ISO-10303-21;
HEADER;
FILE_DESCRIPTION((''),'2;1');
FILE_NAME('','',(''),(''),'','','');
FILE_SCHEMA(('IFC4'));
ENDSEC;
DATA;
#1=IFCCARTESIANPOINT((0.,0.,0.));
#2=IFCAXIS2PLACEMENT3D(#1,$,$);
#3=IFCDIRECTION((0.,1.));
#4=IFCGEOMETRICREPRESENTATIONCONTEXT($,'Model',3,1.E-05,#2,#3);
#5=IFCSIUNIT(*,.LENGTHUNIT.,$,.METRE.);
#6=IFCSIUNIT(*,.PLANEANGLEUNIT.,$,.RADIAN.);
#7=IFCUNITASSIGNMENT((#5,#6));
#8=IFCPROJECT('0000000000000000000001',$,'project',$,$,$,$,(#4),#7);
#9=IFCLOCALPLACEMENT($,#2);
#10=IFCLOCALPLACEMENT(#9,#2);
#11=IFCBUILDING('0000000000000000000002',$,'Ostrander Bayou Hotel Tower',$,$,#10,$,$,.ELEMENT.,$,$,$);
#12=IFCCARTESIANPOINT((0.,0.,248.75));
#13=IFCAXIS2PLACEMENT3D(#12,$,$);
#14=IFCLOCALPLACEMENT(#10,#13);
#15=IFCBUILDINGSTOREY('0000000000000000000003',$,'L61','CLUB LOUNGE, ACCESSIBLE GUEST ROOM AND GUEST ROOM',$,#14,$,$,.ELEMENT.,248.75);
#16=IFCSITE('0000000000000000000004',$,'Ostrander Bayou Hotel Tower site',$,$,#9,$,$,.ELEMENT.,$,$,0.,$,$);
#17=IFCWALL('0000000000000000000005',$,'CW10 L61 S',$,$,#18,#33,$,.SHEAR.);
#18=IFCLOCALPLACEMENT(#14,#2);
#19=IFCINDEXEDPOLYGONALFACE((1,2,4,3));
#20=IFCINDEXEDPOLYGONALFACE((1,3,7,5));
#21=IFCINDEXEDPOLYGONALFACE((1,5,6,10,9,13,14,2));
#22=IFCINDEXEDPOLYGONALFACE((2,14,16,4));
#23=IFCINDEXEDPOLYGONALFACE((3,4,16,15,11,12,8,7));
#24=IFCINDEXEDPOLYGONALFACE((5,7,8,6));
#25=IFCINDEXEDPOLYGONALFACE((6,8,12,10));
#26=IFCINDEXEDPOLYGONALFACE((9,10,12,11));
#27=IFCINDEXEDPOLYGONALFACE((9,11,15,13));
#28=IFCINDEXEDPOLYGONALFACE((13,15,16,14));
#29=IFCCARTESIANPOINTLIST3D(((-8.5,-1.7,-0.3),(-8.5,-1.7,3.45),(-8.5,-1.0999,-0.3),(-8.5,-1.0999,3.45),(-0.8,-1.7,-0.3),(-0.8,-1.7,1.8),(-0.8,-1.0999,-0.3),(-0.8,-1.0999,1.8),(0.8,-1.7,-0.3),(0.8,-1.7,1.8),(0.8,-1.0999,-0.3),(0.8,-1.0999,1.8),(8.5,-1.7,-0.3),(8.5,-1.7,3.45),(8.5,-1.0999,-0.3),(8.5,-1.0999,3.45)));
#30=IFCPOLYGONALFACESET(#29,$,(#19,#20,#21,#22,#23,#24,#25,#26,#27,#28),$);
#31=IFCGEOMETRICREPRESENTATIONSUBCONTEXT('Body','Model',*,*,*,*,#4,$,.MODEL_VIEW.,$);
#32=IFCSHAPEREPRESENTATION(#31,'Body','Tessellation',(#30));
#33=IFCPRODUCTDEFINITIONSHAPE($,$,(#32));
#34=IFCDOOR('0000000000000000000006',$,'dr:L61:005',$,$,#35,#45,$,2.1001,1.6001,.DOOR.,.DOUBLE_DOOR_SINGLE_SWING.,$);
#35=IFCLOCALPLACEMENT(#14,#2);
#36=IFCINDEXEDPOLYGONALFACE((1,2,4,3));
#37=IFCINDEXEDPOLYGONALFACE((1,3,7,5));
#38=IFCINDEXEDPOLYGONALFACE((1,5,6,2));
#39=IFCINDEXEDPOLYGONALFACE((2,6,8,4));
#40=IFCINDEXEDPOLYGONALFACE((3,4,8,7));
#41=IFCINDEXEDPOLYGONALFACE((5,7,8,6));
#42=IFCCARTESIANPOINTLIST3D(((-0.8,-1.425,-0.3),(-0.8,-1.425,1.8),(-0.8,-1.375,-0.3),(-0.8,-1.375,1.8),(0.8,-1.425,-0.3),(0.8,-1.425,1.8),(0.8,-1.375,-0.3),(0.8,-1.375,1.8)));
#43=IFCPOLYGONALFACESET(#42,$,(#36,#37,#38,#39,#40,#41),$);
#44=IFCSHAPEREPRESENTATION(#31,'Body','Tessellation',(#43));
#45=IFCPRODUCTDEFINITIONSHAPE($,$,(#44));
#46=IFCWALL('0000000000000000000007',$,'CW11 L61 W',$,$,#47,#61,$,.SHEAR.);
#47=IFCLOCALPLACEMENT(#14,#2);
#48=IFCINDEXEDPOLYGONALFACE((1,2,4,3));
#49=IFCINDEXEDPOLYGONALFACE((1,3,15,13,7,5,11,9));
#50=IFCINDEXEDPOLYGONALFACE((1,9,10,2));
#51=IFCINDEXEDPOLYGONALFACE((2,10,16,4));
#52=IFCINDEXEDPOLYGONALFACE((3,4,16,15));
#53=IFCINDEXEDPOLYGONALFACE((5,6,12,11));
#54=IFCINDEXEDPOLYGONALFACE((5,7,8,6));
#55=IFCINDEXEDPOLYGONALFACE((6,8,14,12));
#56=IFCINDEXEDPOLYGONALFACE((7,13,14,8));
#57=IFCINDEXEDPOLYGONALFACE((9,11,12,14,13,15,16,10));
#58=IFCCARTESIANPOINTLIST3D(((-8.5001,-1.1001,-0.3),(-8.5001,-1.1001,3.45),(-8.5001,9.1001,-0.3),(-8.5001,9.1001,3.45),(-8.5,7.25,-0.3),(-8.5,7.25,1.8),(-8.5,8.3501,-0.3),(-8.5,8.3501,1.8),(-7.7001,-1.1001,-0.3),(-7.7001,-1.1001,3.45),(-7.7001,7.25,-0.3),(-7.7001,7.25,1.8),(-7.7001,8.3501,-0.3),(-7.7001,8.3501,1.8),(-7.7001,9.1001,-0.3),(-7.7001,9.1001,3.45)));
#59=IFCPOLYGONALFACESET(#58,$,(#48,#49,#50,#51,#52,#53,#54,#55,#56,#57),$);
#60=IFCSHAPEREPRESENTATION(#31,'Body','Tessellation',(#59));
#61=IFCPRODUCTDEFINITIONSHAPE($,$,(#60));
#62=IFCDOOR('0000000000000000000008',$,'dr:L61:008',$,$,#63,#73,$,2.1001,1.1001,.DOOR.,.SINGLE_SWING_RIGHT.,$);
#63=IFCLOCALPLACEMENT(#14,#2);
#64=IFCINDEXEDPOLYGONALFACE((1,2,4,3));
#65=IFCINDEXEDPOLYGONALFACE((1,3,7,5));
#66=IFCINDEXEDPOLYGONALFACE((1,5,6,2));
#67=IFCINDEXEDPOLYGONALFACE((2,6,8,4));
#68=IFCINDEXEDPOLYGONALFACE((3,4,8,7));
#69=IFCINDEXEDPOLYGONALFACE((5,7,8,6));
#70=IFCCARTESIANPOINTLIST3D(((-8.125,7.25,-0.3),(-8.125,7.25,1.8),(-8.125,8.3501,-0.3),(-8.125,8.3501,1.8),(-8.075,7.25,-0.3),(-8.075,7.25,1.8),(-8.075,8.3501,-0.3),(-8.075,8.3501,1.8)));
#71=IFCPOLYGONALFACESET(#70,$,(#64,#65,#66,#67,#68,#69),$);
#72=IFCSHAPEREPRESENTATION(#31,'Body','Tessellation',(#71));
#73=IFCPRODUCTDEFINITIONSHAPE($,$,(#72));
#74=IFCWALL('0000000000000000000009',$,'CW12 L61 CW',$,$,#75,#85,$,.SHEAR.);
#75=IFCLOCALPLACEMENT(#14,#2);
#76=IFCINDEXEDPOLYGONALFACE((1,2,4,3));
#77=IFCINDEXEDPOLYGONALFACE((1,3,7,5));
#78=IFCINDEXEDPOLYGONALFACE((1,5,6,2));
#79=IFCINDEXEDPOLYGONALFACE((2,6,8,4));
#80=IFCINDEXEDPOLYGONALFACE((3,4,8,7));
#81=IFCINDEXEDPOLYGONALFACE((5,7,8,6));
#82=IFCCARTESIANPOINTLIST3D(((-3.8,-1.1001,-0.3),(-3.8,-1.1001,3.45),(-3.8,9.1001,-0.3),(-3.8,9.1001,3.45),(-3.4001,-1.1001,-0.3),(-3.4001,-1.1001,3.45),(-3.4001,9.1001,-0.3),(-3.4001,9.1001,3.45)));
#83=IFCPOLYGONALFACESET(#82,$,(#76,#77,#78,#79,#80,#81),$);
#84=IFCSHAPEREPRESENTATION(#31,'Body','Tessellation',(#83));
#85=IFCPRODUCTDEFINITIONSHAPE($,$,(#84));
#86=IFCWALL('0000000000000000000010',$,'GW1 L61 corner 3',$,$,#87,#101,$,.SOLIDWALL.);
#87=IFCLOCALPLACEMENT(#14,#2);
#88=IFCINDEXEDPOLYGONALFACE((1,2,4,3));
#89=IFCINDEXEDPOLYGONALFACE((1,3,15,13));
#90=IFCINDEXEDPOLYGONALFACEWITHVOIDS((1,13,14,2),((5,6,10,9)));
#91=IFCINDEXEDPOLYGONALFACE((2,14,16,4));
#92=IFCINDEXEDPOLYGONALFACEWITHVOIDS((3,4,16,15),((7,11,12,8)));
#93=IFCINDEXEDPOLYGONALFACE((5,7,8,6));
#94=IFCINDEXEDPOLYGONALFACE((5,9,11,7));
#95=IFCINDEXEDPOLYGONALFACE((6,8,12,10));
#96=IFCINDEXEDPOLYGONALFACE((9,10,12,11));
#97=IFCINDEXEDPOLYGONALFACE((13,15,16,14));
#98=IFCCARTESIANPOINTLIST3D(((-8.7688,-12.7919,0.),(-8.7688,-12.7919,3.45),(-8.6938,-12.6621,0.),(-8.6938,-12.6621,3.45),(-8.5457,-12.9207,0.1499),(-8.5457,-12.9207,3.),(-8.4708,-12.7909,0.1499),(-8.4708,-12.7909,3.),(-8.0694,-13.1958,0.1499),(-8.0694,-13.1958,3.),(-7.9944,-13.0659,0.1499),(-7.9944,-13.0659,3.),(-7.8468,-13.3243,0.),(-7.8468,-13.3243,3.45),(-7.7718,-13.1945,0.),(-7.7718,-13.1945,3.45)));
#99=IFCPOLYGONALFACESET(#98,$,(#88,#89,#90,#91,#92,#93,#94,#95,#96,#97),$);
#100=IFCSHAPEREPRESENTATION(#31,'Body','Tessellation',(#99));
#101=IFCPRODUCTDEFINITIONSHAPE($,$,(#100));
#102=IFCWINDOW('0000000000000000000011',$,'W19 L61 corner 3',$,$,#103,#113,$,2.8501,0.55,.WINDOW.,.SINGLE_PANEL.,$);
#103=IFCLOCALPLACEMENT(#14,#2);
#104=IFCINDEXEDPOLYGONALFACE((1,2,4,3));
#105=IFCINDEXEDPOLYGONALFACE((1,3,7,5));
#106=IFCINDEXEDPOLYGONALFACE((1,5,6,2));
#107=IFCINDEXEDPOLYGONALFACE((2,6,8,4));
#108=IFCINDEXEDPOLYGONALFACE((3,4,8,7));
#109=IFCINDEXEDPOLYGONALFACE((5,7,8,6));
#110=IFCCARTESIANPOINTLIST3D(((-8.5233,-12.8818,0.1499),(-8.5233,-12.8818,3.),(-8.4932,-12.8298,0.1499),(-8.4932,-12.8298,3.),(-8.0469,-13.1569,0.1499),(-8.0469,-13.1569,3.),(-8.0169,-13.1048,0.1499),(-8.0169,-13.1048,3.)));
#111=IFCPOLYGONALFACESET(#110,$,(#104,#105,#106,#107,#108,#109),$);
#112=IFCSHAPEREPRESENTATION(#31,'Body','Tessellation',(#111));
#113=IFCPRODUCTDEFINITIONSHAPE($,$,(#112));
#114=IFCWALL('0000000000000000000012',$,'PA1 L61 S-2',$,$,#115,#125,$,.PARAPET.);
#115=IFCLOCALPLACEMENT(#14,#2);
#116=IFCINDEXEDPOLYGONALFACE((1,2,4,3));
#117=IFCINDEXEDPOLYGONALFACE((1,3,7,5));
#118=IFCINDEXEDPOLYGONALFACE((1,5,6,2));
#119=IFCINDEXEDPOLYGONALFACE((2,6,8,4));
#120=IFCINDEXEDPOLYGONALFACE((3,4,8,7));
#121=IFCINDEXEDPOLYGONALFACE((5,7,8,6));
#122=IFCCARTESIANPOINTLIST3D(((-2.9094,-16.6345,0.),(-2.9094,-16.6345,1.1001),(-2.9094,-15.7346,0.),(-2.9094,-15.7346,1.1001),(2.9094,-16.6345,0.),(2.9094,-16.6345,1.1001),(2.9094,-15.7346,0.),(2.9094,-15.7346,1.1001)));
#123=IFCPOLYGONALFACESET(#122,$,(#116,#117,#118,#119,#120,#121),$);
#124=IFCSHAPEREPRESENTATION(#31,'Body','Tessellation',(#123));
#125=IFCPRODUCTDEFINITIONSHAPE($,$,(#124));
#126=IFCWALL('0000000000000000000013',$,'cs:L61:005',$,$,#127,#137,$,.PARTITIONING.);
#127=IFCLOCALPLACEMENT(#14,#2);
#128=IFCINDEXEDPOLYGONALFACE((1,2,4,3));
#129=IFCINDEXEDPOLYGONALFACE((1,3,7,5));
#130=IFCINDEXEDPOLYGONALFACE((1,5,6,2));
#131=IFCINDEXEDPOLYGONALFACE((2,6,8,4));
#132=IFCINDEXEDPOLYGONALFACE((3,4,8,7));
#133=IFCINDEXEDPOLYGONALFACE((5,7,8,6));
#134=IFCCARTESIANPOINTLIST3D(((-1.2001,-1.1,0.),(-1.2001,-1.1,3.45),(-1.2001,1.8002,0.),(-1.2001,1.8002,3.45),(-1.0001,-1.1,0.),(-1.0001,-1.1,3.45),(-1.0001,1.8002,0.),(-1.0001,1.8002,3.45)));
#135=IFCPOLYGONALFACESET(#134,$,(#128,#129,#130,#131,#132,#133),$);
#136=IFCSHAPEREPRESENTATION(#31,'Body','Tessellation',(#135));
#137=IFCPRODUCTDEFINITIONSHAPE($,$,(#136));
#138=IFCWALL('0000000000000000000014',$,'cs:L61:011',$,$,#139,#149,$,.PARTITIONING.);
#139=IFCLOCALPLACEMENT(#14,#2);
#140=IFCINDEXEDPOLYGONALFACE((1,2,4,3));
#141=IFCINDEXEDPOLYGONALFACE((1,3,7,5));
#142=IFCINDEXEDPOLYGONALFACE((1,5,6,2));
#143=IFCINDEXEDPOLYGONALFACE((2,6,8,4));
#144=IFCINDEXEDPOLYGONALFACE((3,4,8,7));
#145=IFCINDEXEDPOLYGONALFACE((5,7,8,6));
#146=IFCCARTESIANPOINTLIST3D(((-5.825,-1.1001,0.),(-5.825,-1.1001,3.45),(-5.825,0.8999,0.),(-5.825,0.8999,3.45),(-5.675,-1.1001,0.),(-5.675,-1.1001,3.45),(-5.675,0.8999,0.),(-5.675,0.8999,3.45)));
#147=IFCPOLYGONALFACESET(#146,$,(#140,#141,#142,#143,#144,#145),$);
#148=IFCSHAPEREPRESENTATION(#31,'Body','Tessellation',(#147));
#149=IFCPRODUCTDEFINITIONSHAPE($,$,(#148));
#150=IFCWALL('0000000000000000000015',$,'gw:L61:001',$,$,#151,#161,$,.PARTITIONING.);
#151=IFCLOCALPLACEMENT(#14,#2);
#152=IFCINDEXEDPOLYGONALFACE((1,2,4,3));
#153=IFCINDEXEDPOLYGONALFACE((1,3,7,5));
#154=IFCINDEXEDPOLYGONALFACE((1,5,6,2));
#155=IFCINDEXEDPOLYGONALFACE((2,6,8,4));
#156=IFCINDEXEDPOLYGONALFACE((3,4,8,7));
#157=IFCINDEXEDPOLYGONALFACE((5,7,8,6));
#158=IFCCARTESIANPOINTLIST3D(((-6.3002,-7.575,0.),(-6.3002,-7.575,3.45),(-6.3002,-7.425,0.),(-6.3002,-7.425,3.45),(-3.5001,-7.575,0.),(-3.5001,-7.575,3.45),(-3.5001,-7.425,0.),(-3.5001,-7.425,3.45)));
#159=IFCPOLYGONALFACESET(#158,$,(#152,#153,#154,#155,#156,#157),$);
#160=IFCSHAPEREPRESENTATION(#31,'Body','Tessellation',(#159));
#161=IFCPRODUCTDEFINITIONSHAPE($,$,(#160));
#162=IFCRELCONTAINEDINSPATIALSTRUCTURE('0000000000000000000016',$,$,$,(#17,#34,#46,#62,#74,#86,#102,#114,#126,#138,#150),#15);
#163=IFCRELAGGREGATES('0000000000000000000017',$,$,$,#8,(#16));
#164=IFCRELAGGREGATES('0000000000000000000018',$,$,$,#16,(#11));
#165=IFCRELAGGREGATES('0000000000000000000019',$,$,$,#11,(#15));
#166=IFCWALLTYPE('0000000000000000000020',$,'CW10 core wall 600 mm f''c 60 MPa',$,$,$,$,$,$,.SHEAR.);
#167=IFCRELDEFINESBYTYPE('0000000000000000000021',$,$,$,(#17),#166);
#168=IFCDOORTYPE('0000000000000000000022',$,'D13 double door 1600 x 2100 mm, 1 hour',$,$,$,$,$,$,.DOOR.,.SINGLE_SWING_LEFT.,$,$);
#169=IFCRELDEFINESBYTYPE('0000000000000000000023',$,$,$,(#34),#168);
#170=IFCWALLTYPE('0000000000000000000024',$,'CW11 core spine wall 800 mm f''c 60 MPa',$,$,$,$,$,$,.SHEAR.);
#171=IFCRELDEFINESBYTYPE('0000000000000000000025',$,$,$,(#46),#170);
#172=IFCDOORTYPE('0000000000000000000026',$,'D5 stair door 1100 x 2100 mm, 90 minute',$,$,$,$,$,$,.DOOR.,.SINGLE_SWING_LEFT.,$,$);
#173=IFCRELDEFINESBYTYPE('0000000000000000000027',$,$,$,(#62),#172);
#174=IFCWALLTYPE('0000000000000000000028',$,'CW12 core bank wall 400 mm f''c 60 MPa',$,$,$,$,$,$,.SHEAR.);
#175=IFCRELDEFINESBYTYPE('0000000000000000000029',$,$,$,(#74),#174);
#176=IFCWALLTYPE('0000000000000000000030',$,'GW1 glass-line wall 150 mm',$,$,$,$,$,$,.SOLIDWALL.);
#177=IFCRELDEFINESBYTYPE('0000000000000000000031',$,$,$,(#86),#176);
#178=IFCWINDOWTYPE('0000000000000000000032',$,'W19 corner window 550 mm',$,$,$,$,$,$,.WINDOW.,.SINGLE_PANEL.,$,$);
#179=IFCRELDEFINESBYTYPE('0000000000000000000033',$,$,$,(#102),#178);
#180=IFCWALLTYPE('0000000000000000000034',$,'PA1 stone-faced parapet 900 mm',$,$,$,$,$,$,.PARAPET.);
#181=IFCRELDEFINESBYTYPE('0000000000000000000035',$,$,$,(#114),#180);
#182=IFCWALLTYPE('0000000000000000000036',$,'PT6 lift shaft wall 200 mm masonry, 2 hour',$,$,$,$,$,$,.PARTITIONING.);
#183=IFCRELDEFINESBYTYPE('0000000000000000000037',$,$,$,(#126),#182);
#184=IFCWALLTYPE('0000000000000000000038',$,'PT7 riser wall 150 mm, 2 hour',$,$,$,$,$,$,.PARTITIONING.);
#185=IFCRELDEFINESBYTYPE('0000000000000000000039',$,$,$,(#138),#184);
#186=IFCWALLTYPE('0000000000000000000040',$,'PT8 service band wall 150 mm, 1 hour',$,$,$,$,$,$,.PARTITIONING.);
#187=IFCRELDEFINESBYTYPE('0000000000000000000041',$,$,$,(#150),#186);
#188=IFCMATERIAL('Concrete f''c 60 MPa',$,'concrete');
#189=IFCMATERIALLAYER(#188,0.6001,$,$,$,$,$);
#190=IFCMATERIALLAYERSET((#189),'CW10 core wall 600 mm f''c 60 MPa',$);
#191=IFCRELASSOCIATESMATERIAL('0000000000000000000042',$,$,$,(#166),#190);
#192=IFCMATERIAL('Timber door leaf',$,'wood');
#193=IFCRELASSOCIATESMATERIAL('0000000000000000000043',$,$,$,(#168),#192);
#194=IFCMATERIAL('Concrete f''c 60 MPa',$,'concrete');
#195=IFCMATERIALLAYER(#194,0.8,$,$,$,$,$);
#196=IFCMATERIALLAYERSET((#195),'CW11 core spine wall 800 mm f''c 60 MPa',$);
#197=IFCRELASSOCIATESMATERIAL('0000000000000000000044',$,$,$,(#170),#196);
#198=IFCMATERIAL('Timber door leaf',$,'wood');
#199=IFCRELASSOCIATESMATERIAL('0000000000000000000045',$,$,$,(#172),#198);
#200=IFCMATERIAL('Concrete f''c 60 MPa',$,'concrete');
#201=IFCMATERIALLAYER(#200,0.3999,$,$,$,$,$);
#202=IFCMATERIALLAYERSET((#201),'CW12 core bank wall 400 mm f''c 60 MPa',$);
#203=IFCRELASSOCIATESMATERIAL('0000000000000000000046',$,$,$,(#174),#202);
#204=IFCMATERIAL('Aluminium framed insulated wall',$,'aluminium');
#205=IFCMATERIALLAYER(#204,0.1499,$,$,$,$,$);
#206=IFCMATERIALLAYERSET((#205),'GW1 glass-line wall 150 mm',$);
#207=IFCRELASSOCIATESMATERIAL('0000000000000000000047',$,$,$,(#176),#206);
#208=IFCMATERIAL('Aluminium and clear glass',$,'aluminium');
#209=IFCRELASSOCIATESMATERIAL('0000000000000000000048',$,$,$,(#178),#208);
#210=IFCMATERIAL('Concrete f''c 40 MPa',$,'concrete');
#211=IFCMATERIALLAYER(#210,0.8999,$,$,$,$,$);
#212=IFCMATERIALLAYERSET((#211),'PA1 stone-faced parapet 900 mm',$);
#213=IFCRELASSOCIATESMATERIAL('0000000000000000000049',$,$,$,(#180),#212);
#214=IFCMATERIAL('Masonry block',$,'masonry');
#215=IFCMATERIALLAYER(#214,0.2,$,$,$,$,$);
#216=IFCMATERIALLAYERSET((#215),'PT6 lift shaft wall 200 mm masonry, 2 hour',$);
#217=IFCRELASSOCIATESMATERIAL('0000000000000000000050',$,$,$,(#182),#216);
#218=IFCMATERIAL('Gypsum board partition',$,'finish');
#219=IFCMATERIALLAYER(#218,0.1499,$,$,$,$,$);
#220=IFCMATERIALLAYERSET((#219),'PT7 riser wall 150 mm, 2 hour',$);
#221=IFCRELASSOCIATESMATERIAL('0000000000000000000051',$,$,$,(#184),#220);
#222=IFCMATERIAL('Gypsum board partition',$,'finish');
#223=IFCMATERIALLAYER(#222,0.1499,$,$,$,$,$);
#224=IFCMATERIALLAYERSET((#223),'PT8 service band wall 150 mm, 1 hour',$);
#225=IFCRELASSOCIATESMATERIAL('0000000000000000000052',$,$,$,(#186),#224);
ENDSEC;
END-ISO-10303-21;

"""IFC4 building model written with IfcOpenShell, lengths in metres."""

from ifc_helpers import new_model, si_unit, direction, frame, frame_2d, origin, place, context, subcontext, project, spatial, rectangle, extrude, material, layer, layer_set, type_object, element, fill, save


model = new_model("IFC4")

# Units and contexts
model_context = context("Model", 3, precision=1e-05, world=origin(), true_north=direction((0.0, 1.0)))
body_context = subcontext(model_context, "Body", "Model", "MODEL_VIEW")
ifc_project = project(units=[si_unit("LENGTHUNIT", "METRE"), si_unit("PLANEANGLEUNIT", "RADIAN")], contexts=[model_context])

# Site, building, storey
site_placement = place(None, origin())
site = spatial("IfcSite", under=ifc_project, at=site_placement, Name="Ostrander Bayou Hotel Tower site", CompositionType="ELEMENT", RefElevation=0.0)
building_placement = place(site_placement, origin())
building = spatial("IfcBuilding", under=site, at=building_placement, Name="Ostrander Bayou Hotel Tower", CompositionType="ELEMENT")
storey_placement = place(building_placement, frame((0.0, 0.0, 248.75)))
storey = spatial("IfcBuildingStorey", under=building, at=storey_placement, Name="L61", Description="CLUB LOUNGE, ACCESSIBLE GUEST ROOM AND GUEST ROOM", CompositionType="ELEMENT", Elevation=248.75)

# Walls, openings, doors
ifc_material_1 = material(Name="Concrete f'c 60 MPa", Category="concrete")
ifc_layer_1 = layer(ifc_material_1, 0.6001)
ifc_layer_set_1 = layer_set([ifc_layer_1], Name="CW10 core wall 600 mm f'c 60 MPa")
wall_type_1 = type_object("IfcWallType", Name="CW10 core wall 600 mm f'c 60 MPa", PredefinedType="SHEAR", material=ifc_layer_set_1)
wall_1_placement = place(storey_placement, frame((-8.5, -1.3999, -0.3), z_axis=(0.0, 0.0, 1.0), x_axis=(1.0, 0.0, 0.0)))
wall_1 = element("IfcWall", 1, at=wall_1_placement, inside=storey, type_object=wall_type_1, Name="CW10 L61 S", PredefinedType="SHEAR", context=body_context, shape_type="SweptSolid", body=[
    extrude(rectangle(XDim=17.0, YDim=0.6001, at=frame_2d((8.5, 0.0))), origin(), (0.0, 0.0, 1.0), 3.75),
])
opening_1_placement = place(wall_1_placement, frame((7.7, 0.0, 0.0)))
opening_1 = element("IfcOpeningElement", 2, at=opening_1_placement, cuts=wall_1, PredefinedType="OPENING", context=body_context, shape_type="SweptSolid", body=[
    extrude(rectangle(XDim=1.6001, YDim=2.1001, at=frame_2d((0.8, 1.05))), frame((0.0, 0.3, 0.0), z_axis=(0.0, -1.0, 0.0), x_axis=(1.0, 0.0, 0.0)), (0.0, 0.0, 1.0), 0.6001),
])
ifc_material_2 = material(Name="Timber door leaf", Category="wood")
door_type_1 = type_object("IfcDoorType", Name="D13 double door 1600 x 2100 mm, 1 hour", OperationType="SINGLE_SWING_LEFT", PredefinedType="DOOR", material=ifc_material_2)
door_1_placement = place(opening_1_placement, origin())
door_1 = element("IfcDoor", 3, at=door_1_placement, inside=storey, type_object=door_type_1, Name="dr:L61:005", OperationType="DOUBLE_DOOR_SINGLE_SWING", OverallHeight=2.1001, OverallWidth=1.6001, PredefinedType="DOOR", context=body_context, shape_type="SweptSolid", body=[
    extrude(rectangle(XDim=1.6001, YDim=2.1001, at=frame_2d((0.8, 1.05))), frame((0.0, 0.0249, 0.0), z_axis=(0.0, -1.0, 0.0), x_axis=(1.0, 0.0, 0.0)), (0.0, 0.0, 1.0), 0.05),
])
fill(opening_1, door_1)
ifc_material_3 = material(Name="Concrete f'c 60 MPa", Category="concrete")
ifc_layer_2 = layer(ifc_material_3, 0.8)
ifc_layer_set_2 = layer_set([ifc_layer_2], Name="CW11 core spine wall 800 mm f'c 60 MPa")
wall_type_2 = type_object("IfcWallType", Name="CW11 core spine wall 800 mm f'c 60 MPa", PredefinedType="SHEAR", material=ifc_layer_set_2)
wall_2_placement = place(storey_placement, frame((-8.1001, -1.1001, -0.3), z_axis=(0.0, 0.0, 1.0), x_axis=(0.0, 1.0, 0.0)))
wall_2 = element("IfcWall", 4, at=wall_2_placement, inside=storey, type_object=wall_type_2, Name="CW11 L61 W", PredefinedType="SHEAR", context=body_context, shape_type="SweptSolid", body=[
    extrude(rectangle(XDim=10.2002, YDim=0.8, at=frame_2d((5.1001, 0.0))), origin(), (0.0, 0.0, 1.0), 3.75),
])
opening_2_placement = place(wall_2_placement, frame((8.3501, 0.0, 0.0)))
opening_2 = element("IfcOpeningElement", 5, at=opening_2_placement, cuts=wall_2, PredefinedType="OPENING", context=body_context, shape_type="SweptSolid", body=[
    extrude(rectangle(XDim=1.1001, YDim=2.1001, at=frame_2d((0.55, 1.05))), frame((0.0, 0.3999, 0.0), z_axis=(0.0, -1.0, 0.0), x_axis=(1.0, 0.0, 0.0)), (0.0, 0.0, 1.0), 0.8),
])
ifc_material_4 = material(Name="Timber door leaf", Category="wood")
door_type_2 = type_object("IfcDoorType", Name="D5 stair door 1100 x 2100 mm, 90 minute", OperationType="SINGLE_SWING_LEFT", PredefinedType="DOOR", material=ifc_material_4)
door_2_placement = place(opening_2_placement, origin())
door_2 = element("IfcDoor", 6, at=door_2_placement, inside=storey, type_object=door_type_2, Name="dr:L61:008", OperationType="SINGLE_SWING_RIGHT", OverallHeight=2.1001, OverallWidth=1.1001, PredefinedType="DOOR", context=body_context, shape_type="SweptSolid", body=[
    extrude(rectangle(XDim=1.1001, YDim=2.1001, at=frame_2d((0.55, 1.05))), frame((0.0, 0.0249, 0.0), z_axis=(0.0, -1.0, 0.0), x_axis=(1.0, 0.0, 0.0)), (0.0, 0.0, 1.0), 0.05),
])
fill(opening_2, door_2)

# Wall
ifc_material_5 = material(Name="Concrete f'c 60 MPa", Category="concrete")
ifc_layer_3 = layer(ifc_material_5, 0.3999)
ifc_layer_set_3 = layer_set([ifc_layer_3], Name="CW12 core bank wall 400 mm f'c 60 MPa")
wall_type_3 = type_object("IfcWallType", Name="CW12 core bank wall 400 mm f'c 60 MPa", PredefinedType="SHEAR", material=ifc_layer_set_3)
wall_3_placement = place(storey_placement, frame((-3.6001, -1.1001, -0.3), z_axis=(0.0, 0.0, 1.0), x_axis=(0.0, 1.0, 0.0)))
element("IfcWall", 7, at=wall_3_placement, inside=storey, type_object=wall_type_3, Name="CW12 L61 CW", PredefinedType="SHEAR", context=body_context, shape_type="SweptSolid", body=[
    extrude(rectangle(XDim=10.2002, YDim=0.3999, at=frame_2d((5.1001, 0.0))), origin(), (0.0, 0.0, 1.0), 3.75),
])

# Shared definitions
ifc_material_6 = material(Name="Aluminium framed insulated wall", Category="aluminium")
ifc_layer_4 = layer(ifc_material_6, 0.1499)
ifc_layer_set_4 = layer_set([ifc_layer_4], Name="GW1 glass-line wall 150 mm")
wall_type_4 = type_object("IfcWallType", Name="GW1 glass-line wall 150 mm", PredefinedType="SOLIDWALL", material=ifc_layer_set_4)

# Wall, opening, window
wall_4_placement = place(storey_placement, frame((-8.7312, -12.7271, 0.0), z_axis=(0.0, 0.0, 1.0), x_axis=(0.865991, -0.50006, 0.0)))
wall_4 = element("IfcWall", 8, at=wall_4_placement, inside=storey, type_object=wall_type_4, Name="GW1 L61 corner 3", PredefinedType="SOLIDWALL", context=body_context, shape_type="SweptSolid", body=[
    extrude(rectangle(XDim=1.0647, YDim=0.1499, at=frame_2d((0.5322, 0.0))), origin(), (0.0, 0.0, 1.0), 3.45),
])
opening_3_placement = place(wall_4_placement, frame((0.2576, 0.0, 0.1499)))
opening_3 = element("IfcOpeningElement", 9, at=opening_3_placement, cuts=wall_4, PredefinedType="OPENING", context=body_context, shape_type="SweptSolid", body=[
    extrude(rectangle(XDim=0.55, YDim=2.8501, at=frame_2d((0.2749, 1.425))), frame((0.0, 0.075, 0.0), z_axis=(0.0, -1.0, 0.0), x_axis=(1.0, 0.0, 0.0)), (0.0, 0.0, 1.0), 0.1499),
])
ifc_material_7 = material(Name="Aluminium and clear glass", Category="aluminium")
window_type_1 = type_object("IfcWindowType", Name="W19 corner window 550 mm", PartitioningType="SINGLE_PANEL", PredefinedType="WINDOW", material=ifc_material_7)
window_1_placement = place(opening_3_placement, origin())
window_1 = element("IfcWindow", 10, at=window_1_placement, inside=storey, type_object=window_type_1, Name="W19 L61 corner 3", OverallHeight=2.8501, OverallWidth=0.55, PartitioningType="SINGLE_PANEL", PredefinedType="WINDOW", context=body_context, shape_type="SweptSolid", body=[
    extrude(rectangle(XDim=0.55, YDim=2.8501, at=frame_2d((0.2749, 1.425))), frame((0.0, 0.03, 0.0), z_axis=(0.0, -1.0, 0.0), x_axis=(1.0, 0.0, 0.0)), (0.0, 0.0, 1.0), 0.0601),
])
fill(opening_3, window_1)

# Walls
ifc_material_8 = material(Name="Concrete f'c 40 MPa", Category="concrete")
ifc_layer_5 = layer(ifc_material_8, 0.8999)
ifc_layer_set_5 = layer_set([ifc_layer_5], Name="PA1 stone-faced parapet 900 mm")
wall_type_5 = type_object("IfcWallType", Name="PA1 stone-faced parapet 900 mm", PredefinedType="PARAPET", material=ifc_layer_set_5)
wall_5_placement = place(storey_placement, frame((-2.9094, -16.1846, 0.0), z_axis=(0.0, 0.0, 1.0), x_axis=(1.0, 0.0, 0.0)))
element("IfcWall", 11, at=wall_5_placement, inside=storey, type_object=wall_type_5, Name="PA1 L61 S-2", PredefinedType="PARAPET", context=body_context, shape_type="SweptSolid", body=[
    extrude(rectangle(XDim=5.8188, YDim=0.8999, at=frame_2d((2.9094, 0.0))), origin(), (0.0, 0.0, 1.0), 1.1001),
])
ifc_material_9 = material(Name="Masonry block", Category="masonry")
ifc_layer_6 = layer(ifc_material_9, 0.2)
ifc_layer_set_6 = layer_set([ifc_layer_6], Name="PT6 lift shaft wall 200 mm masonry, 2 hour")
wall_type_6 = type_object("IfcWallType", Name="PT6 lift shaft wall 200 mm masonry, 2 hour", PredefinedType="PARTITIONING", material=ifc_layer_set_6)
wall_6_placement = place(storey_placement, frame((-1.1001, -1.1001, 0.0), z_axis=(0.0, 0.0, 1.0), x_axis=(0.0, 1.0, 0.0)))
element("IfcWall", 12, at=wall_6_placement, inside=storey, type_object=wall_type_6, Name="cs:L61:005", PredefinedType="PARTITIONING", context=body_context, shape_type="SweptSolid", body=[
    extrude(rectangle(XDim=2.9001, YDim=0.2, at=frame_2d((1.4502, 0.0))), origin(), (0.0, 0.0, 1.0), 3.45),
])
ifc_material_10 = material(Name="Gypsum board partition", Category="finish")
ifc_layer_7 = layer(ifc_material_10, 0.1499)
ifc_layer_set_7 = layer_set([ifc_layer_7], Name="PT7 riser wall 150 mm, 2 hour")
wall_type_7 = type_object("IfcWallType", Name="PT7 riser wall 150 mm, 2 hour", PredefinedType="PARTITIONING", material=ifc_layer_set_7)
wall_7_placement = place(storey_placement, frame((-5.75, -1.1001, 0.0), z_axis=(0.0, 0.0, 1.0), x_axis=(0.0, 1.0, 0.0)))
element("IfcWall", 13, at=wall_7_placement, inside=storey, type_object=wall_type_7, Name="cs:L61:011", PredefinedType="PARTITIONING", context=body_context, shape_type="SweptSolid", body=[
    extrude(rectangle(XDim=2.0, YDim=0.1499, at=frame_2d((1.0, 0.0))), origin(), (0.0, 0.0, 1.0), 3.45),
])
ifc_material_11 = material(Name="Gypsum board partition", Category="finish")
ifc_layer_8 = layer(ifc_material_11, 0.1499)
ifc_layer_set_8 = layer_set([ifc_layer_8], Name="PT8 service band wall 150 mm, 1 hour")
wall_type_8 = type_object("IfcWallType", Name="PT8 service band wall 150 mm, 1 hour", PredefinedType="PARTITIONING", material=ifc_layer_set_8)
for number, where, z_axis, x_axis, name in (
    (14, (-6.3, -7.5, 0.0), (0.0, 0.0, 1.0), (1.0, 0.0, 0.0), "gw:L61:001"),
):
    element("IfcWall", number, at=place(storey_placement, frame(where, z_axis=z_axis, x_axis=x_axis)), inside=storey, type_object=wall_type_8, Name=name, PredefinedType="PARTITIONING", context=body_context, shape_type="SweptSolid", body=[
        extrude(rectangle(XDim=2.8, YDim=0.1499, at=frame_2d((1.3999, 0.0))), origin(), (0.0, 0.0, 1.0), 3.45),
    ])

save(model, "model.ifc")
